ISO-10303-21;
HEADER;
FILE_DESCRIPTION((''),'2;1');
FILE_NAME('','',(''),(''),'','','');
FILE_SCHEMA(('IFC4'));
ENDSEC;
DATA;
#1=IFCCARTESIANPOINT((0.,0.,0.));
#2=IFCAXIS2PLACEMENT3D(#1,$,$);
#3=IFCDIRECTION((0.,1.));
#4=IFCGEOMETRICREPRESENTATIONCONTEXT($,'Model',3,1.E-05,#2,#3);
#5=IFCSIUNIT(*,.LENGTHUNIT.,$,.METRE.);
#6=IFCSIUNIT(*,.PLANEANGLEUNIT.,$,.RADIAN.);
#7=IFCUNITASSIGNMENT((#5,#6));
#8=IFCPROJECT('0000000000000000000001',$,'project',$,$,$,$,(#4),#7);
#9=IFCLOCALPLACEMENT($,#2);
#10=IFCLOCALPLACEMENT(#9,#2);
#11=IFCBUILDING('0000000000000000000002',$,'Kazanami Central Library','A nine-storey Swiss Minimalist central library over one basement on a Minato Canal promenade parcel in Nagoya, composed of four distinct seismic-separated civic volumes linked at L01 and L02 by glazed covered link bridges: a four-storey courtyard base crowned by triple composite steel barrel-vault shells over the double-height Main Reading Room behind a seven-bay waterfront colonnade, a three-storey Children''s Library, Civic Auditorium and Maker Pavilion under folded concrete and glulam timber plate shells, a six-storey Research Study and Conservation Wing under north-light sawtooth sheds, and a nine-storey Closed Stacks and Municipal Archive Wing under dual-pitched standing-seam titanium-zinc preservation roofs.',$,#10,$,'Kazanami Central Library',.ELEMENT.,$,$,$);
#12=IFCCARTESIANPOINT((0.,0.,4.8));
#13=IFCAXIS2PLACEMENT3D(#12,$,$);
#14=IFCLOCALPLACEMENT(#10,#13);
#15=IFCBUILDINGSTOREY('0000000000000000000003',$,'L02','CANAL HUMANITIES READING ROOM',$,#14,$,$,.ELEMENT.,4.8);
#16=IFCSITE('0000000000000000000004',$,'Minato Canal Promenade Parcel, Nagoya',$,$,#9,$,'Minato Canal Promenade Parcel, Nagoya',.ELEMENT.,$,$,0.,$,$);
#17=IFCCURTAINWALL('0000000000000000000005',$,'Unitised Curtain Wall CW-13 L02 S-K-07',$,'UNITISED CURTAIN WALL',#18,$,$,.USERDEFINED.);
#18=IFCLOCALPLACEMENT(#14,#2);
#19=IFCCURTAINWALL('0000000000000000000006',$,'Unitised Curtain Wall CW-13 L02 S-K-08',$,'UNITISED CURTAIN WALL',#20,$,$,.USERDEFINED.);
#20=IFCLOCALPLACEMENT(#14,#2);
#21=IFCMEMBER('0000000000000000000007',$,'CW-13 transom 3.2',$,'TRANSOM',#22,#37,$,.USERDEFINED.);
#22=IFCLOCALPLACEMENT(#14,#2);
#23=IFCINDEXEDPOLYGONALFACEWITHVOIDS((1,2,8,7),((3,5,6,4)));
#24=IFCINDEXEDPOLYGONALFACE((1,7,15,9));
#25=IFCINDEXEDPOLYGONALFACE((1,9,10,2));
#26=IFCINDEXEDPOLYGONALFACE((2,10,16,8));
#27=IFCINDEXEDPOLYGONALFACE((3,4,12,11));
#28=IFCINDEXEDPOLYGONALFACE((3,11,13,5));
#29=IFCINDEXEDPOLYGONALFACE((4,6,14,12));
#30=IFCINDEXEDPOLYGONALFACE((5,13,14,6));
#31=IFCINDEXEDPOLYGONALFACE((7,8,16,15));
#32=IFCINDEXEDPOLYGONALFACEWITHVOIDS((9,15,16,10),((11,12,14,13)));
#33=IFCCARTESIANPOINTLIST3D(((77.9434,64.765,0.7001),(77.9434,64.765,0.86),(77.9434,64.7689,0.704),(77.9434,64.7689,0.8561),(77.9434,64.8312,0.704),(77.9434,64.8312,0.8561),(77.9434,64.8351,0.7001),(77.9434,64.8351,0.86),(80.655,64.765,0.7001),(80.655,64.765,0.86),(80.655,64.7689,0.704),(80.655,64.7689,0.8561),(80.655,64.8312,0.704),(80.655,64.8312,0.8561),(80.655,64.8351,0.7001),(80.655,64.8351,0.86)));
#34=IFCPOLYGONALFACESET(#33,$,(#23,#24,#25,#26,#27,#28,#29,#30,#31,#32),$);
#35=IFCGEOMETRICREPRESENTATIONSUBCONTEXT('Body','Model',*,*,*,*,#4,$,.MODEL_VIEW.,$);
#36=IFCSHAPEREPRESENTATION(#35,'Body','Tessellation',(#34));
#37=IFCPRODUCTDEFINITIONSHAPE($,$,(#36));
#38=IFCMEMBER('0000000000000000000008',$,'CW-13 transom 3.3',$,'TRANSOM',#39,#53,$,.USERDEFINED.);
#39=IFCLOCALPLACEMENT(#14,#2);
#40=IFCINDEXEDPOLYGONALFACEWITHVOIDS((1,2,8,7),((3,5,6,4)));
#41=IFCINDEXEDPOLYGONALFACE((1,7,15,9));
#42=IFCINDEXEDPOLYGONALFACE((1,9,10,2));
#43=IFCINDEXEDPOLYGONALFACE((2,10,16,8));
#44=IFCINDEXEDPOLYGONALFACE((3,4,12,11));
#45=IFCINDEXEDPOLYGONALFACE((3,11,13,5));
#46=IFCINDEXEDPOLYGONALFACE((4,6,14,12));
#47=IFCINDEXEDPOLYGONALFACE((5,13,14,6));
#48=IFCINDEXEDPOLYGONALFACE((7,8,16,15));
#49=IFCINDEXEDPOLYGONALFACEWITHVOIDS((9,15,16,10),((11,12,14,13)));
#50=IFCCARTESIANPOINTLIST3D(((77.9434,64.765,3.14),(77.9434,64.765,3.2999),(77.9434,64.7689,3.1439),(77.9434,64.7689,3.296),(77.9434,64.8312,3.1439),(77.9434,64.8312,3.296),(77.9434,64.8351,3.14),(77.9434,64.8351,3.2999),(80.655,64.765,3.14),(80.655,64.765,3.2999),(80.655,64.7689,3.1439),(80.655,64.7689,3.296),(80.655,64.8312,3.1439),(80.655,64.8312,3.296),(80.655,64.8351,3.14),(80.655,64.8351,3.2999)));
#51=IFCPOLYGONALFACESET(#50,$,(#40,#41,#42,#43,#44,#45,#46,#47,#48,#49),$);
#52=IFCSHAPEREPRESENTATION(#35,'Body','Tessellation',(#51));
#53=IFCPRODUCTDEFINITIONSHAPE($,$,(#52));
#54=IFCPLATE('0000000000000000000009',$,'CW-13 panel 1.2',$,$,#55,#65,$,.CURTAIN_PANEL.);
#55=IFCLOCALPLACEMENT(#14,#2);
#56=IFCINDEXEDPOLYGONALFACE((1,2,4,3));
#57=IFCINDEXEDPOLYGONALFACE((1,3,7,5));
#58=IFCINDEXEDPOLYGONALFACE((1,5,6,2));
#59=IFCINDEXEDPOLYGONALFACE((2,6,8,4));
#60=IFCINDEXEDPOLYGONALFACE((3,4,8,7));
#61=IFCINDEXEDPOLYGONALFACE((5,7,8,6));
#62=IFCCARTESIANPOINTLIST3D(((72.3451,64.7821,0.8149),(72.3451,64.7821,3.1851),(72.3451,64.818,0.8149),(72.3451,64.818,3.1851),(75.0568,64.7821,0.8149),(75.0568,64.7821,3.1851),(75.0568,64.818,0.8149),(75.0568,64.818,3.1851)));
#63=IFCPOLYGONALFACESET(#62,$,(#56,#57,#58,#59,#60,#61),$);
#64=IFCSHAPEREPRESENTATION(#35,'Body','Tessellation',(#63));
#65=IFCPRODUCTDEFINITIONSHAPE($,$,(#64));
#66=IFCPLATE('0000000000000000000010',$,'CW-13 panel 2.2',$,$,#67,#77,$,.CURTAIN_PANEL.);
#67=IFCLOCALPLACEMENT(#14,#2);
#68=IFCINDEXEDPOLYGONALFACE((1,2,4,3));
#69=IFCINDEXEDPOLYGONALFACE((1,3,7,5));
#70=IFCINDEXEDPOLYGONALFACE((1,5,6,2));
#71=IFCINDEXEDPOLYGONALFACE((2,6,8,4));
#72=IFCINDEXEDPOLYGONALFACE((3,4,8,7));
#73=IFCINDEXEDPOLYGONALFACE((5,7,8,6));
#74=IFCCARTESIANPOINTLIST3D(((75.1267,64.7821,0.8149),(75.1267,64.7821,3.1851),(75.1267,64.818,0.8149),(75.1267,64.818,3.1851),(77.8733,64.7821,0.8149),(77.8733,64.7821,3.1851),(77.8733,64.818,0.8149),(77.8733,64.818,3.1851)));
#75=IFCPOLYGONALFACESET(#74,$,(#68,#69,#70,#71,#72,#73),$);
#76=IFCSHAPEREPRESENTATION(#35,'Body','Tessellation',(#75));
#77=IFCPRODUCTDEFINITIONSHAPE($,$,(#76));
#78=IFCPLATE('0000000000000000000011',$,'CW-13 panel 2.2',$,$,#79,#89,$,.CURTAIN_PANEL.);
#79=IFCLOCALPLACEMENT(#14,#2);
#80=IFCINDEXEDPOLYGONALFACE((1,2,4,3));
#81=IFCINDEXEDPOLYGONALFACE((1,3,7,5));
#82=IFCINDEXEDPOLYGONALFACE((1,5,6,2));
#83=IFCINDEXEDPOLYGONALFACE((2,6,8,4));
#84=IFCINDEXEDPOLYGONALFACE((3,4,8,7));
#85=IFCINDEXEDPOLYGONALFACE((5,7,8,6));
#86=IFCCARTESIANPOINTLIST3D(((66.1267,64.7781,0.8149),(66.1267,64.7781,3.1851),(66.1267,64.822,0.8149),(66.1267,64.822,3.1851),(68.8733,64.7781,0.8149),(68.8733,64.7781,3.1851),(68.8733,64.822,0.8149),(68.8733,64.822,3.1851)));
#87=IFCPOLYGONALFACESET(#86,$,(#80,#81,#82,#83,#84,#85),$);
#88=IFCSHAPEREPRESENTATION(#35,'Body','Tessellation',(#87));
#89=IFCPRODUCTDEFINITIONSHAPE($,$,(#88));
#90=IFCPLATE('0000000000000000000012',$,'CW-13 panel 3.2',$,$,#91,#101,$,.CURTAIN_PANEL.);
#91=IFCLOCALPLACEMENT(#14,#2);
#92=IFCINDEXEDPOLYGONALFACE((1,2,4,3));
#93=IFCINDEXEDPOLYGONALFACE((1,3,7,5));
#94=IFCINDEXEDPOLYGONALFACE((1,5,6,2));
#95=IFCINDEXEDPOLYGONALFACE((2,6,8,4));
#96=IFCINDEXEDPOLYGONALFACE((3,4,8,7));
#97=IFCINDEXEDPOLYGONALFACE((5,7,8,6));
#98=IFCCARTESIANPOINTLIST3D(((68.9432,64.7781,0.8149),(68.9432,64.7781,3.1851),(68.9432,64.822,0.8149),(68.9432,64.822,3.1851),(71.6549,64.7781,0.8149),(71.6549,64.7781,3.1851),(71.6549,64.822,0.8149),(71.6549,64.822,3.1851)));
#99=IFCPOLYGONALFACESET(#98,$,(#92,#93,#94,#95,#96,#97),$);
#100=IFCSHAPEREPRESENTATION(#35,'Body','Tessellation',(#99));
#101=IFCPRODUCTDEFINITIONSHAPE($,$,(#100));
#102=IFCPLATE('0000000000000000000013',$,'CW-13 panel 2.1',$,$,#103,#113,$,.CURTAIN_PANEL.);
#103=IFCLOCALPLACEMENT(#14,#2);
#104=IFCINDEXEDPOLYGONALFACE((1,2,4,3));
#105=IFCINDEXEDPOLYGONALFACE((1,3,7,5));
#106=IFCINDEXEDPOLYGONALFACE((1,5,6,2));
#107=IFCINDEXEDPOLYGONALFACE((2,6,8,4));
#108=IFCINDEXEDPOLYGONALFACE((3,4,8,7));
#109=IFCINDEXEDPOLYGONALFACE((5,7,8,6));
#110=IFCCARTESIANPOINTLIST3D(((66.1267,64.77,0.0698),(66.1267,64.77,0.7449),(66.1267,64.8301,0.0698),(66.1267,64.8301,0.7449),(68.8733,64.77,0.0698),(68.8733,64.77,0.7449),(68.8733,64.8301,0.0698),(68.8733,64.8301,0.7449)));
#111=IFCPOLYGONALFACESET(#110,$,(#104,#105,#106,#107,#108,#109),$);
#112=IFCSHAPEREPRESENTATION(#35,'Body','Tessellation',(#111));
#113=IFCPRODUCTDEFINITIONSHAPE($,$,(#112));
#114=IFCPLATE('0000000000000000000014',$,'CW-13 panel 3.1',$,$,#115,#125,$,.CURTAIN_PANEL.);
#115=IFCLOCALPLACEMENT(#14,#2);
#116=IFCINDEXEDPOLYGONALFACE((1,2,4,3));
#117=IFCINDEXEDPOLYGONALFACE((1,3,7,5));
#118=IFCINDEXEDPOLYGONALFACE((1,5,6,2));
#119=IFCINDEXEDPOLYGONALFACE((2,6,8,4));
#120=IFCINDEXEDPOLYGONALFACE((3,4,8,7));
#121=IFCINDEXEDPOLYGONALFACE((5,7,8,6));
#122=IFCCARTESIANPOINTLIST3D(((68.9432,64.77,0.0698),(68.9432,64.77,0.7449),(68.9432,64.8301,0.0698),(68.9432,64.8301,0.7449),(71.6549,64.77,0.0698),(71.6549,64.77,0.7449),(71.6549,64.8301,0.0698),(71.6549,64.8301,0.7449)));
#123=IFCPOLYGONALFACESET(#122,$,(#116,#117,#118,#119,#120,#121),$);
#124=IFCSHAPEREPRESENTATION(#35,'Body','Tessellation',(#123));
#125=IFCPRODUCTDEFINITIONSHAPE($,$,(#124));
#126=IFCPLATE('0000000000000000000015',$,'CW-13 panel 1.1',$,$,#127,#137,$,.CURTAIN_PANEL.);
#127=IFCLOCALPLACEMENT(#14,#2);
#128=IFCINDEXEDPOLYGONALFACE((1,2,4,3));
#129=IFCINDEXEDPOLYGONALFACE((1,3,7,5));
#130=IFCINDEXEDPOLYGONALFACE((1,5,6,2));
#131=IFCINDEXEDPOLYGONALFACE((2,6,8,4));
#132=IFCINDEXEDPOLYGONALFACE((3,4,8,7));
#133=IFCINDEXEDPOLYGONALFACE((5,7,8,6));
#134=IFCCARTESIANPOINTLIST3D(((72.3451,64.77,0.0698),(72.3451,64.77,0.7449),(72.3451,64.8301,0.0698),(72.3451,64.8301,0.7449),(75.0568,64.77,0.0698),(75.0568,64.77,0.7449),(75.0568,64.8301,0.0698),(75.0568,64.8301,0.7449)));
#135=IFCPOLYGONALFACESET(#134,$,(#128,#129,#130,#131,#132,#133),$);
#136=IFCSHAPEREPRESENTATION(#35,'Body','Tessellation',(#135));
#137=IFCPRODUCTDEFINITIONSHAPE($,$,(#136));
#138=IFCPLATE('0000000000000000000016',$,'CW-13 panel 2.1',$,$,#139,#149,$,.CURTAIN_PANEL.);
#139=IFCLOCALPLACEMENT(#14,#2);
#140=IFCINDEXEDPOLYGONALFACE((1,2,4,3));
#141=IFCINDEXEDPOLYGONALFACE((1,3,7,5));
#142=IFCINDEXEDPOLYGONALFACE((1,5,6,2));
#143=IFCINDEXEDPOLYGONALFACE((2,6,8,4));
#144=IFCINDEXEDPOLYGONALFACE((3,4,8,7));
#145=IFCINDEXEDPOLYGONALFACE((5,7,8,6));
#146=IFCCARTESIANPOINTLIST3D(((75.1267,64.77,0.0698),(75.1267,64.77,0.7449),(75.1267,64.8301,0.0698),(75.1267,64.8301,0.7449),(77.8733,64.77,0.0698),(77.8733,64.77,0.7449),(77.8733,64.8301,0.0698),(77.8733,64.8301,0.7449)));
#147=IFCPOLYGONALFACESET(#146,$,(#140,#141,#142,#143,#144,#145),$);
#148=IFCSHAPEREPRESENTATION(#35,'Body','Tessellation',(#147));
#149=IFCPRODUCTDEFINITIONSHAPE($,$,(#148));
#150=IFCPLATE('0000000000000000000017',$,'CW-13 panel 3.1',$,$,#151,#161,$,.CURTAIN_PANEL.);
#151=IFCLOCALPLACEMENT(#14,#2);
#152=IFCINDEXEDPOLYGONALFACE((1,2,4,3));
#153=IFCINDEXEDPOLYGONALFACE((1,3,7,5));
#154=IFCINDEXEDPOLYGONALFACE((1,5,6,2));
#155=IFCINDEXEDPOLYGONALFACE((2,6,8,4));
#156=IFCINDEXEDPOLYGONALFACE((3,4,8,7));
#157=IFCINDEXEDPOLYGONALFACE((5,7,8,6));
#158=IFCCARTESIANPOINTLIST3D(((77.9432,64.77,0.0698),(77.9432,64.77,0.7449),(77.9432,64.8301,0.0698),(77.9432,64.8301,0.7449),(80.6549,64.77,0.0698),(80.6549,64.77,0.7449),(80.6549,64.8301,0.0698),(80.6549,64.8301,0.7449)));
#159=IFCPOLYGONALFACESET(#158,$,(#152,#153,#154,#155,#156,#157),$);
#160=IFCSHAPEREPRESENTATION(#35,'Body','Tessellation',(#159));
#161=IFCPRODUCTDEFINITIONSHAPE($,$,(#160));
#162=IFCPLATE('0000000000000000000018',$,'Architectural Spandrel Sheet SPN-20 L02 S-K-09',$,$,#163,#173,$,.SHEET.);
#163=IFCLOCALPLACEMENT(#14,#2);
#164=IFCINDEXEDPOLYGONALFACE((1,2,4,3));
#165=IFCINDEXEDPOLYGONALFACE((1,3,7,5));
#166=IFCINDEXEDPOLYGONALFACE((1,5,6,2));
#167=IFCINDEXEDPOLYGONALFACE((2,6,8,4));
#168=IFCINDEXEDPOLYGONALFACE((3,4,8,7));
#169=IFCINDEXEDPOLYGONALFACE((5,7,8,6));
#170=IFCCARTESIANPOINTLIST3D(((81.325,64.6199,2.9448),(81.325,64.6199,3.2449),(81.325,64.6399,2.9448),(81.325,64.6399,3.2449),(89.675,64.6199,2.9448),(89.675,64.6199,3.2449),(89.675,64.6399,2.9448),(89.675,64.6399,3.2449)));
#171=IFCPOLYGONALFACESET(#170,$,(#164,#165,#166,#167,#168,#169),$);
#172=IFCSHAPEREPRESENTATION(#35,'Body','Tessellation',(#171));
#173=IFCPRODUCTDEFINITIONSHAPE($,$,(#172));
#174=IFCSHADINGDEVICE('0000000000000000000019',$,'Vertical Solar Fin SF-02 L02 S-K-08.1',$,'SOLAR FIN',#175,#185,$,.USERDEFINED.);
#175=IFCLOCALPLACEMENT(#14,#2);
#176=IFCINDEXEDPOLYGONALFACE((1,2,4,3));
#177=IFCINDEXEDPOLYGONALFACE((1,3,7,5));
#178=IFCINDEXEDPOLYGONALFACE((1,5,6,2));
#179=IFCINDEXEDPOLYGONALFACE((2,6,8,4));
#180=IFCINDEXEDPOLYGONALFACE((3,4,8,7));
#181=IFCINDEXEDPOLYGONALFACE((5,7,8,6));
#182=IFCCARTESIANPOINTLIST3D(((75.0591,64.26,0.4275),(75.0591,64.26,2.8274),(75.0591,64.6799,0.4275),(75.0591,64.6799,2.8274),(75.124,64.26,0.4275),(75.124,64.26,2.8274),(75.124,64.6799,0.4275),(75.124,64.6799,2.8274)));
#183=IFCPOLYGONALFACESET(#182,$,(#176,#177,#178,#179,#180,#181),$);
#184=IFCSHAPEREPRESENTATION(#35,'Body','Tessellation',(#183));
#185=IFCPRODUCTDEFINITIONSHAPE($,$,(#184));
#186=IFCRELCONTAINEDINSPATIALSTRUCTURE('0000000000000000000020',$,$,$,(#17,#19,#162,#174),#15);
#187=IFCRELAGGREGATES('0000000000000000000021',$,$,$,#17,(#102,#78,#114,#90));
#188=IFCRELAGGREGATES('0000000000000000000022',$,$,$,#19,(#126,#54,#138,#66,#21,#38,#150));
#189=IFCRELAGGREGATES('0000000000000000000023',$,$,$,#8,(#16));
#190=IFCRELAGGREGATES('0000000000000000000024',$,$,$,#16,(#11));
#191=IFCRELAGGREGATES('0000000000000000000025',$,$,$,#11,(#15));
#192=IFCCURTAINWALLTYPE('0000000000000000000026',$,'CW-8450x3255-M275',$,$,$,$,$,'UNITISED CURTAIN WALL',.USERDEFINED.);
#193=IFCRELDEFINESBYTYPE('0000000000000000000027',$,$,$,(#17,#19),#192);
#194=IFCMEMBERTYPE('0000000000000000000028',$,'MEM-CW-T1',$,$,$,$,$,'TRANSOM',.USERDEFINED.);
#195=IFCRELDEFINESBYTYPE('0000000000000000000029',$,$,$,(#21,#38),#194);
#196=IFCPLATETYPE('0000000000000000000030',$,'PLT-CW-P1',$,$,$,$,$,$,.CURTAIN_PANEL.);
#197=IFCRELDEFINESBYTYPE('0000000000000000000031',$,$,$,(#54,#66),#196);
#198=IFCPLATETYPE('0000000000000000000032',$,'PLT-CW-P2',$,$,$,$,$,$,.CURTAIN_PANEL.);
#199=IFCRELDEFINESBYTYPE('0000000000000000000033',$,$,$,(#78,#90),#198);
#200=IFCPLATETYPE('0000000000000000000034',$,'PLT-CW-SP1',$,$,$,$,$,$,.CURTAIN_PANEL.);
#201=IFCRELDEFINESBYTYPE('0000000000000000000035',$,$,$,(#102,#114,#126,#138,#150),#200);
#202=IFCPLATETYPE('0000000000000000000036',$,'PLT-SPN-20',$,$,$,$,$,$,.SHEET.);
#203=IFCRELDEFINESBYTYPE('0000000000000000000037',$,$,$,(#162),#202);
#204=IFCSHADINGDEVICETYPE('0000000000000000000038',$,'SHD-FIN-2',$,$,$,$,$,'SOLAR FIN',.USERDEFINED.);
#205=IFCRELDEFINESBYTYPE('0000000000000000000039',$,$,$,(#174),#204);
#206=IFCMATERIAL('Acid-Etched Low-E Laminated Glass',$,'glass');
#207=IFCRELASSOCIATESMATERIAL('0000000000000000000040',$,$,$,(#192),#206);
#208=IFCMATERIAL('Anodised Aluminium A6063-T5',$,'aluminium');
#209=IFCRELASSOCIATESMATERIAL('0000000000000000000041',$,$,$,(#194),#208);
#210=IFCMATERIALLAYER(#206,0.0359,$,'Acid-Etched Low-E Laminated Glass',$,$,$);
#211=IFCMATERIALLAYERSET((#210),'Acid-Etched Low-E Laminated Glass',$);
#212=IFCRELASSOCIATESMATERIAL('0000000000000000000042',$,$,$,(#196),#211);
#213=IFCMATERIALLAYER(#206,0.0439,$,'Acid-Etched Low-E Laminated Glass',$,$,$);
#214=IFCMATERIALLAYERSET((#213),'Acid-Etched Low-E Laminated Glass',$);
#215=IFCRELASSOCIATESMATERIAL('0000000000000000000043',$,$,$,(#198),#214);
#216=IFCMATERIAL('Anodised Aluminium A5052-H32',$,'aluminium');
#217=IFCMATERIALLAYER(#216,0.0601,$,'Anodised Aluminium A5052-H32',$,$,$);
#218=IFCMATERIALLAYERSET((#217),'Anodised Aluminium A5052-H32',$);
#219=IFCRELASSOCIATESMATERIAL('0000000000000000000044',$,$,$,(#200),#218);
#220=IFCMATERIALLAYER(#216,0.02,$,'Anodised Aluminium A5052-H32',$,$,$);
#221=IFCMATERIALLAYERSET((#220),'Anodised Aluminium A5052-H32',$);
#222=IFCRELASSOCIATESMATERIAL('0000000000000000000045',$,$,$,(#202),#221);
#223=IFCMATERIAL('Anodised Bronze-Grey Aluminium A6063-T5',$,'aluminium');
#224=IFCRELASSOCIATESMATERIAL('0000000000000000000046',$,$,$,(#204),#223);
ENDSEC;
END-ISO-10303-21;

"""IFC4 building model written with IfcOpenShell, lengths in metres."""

from ifc_helpers import new_model, si_unit, direction, frame, origin, origin_2d, place, context, subcontext, project, spatial, rectangle, hollow_rectangle, extrude, material, layer, layer_set, material_profile, profile_set, type_object, element, aggregate, save


model = new_model("IFC4")

# Units and contexts
model_context = context("Model", 3, precision=1e-05, world=origin(), true_north=direction((0.0, 1.0)))
body_context = subcontext(model_context, "Body", "Model", "MODEL_VIEW")
ifc_project = project(units=[si_unit("LENGTHUNIT", "METRE"), si_unit("PLANEANGLEUNIT", "RADIAN")], contexts=[model_context])

# Site, building, storey
site_placement = place(None, origin())
site = spatial("IfcSite", under=ifc_project, at=site_placement, Name="Minato Canal Promenade Parcel, Nagoya", LongName="Minato Canal Promenade Parcel, Nagoya", CompositionType="ELEMENT", RefElevation=0.0)
building_placement = place(site_placement, origin())
building = spatial("IfcBuilding", under=site, at=building_placement, Name="Kazanami Central Library", Description="A nine-storey Swiss Minimalist central library over one basement on a Minato Canal promenade parcel in Nagoya, composed of four distinct seismic-separated civic volumes linked at L01 and L02 by glazed covered link bridges: a four-storey courtyard base crowned by triple composite steel barrel-vault shells over the double-height Main Reading Room behind a seven-bay waterfront colonnade, a three-storey Children's Library, Civic Auditorium and Maker Pavilion under folded concrete and glulam timber plate shells, a six-storey Research Study and Conservation Wing under north-light sawtooth sheds, and a nine-storey Closed Stacks and Municipal Archive Wing under dual-pitched standing-seam titanium-zinc preservation roofs.", LongName="Kazanami Central Library", CompositionType="ELEMENT")
storey_placement = place(building_placement, frame((0.0, 0.0, 4.8)))
storey = spatial("IfcBuildingStorey", under=building, at=storey_placement, Name="L02", Description="CANAL HUMANITIES READING ROOM", CompositionType="ELEMENT", Elevation=4.8)

# Curtain walls
ifc_material_1 = material(Name="Acid-Etched Low-E Laminated Glass", Category="glass")
curtain_wall_type = type_object("IfcCurtainWallType", Name="CW-8450x3255-M275", ElementType="UNITISED CURTAIN WALL", PredefinedType="USERDEFINED", material=ifc_material_1)
curtain_wall_1_placement = place(storey_placement, origin())
curtain_wall_1 = element("IfcCurtainWall", 1, at=curtain_wall_1_placement, inside=storey, type_object=curtain_wall_type, Name="Unitised Curtain Wall CW-13 L02 S-K-07", ObjectType="UNITISED CURTAIN WALL", PredefinedType="USERDEFINED")
ifc_material_2 = material(Name="Anodised Aluminium A6063-T5", Category="aluminium")
curtain_wall_2_placement = place(storey_placement, origin())
curtain_wall_2 = element("IfcCurtainWall", 2, at=curtain_wall_2_placement, inside=storey, type_object=curtain_wall_type, Name="Unitised Curtain Wall CW-13 L02 S-K-08", ObjectType="UNITISED CURTAIN WALL", PredefinedType="USERDEFINED")

# Members
ifc_material_profile_1 = material_profile(ifc_material_2, hollow_rectangle(XDim=0.0701, YDim=0.1599, WallThickness=0.0039, at=origin_2d()), Name="ALU-TRAN-70x160x4")
ifc_profile_set_1 = profile_set([ifc_material_profile_1], Name="Anodised Aluminium A6063-T5")
member_type_1 = type_object("IfcMemberType", Name="MEM-CW-T1", ElementType="TRANSOM", PredefinedType="USERDEFINED", material=ifc_profile_set_1)
member_1_placement = place(storey_placement, frame((77.9434, 64.8, 0.78), z_axis=(1.0, 0.0, 0.0), x_axis=(0.0, 1.0, 0.0)))
member_1 = element("IfcMember", 3, at=member_1_placement, type_object=member_type_1, Name="CW-13 transom 3.2", ObjectType="TRANSOM", PredefinedType="USERDEFINED", context=body_context, shape_type="SweptSolid", body=[
    extrude(hollow_rectangle(XDim=0.0701, YDim=0.1599, WallThickness=0.0039, at=origin_2d()), origin(), (0.0, 0.0, 1.0), 2.7117),
])
member_2_placement = place(storey_placement, frame((77.9434, 64.8, 3.22), z_axis=(1.0, 0.0, 0.0), x_axis=(0.0, 1.0, 0.0)))
member_2 = element("IfcMember", 4, at=member_2_placement, type_object=member_type_1, Name="CW-13 transom 3.3", ObjectType="TRANSOM", PredefinedType="USERDEFINED", context=body_context, shape_type="SweptSolid", body=[
    extrude(hollow_rectangle(XDim=0.0701, YDim=0.1599, WallThickness=0.0039, at=origin_2d()), origin(), (0.0, 0.0, 1.0), 2.7117),
])

# Plates
ifc_layer_1 = layer(ifc_material_1, 0.0359, Name="Acid-Etched Low-E Laminated Glass")
ifc_layer_set_1 = layer_set([ifc_layer_1], Name="Acid-Etched Low-E Laminated Glass")
plate_type_1 = type_object("IfcPlateType", Name="PLT-CW-P1", PredefinedType="CURTAIN_PANEL", material=ifc_layer_set_1)
plate_1_placement = place(storey_placement, frame((73.7009, 64.8, 0.8149), z_axis=(0.0, 0.0, 1.0), x_axis=(1.0, 0.0, 0.0)))
plate_1 = element("IfcPlate", 5, at=plate_1_placement, type_object=plate_type_1, Name="CW-13 panel 1.2", PredefinedType="CURTAIN_PANEL", context=body_context, shape_type="SweptSolid", body=[
    extrude(rectangle(XDim=2.7117, YDim=0.0359, at=origin_2d()), origin(), (0.0, 0.0, 1.0), 2.3701),
])
plate_2_placement = place(storey_placement, frame((76.5, 64.8, 0.8149), z_axis=(0.0, 0.0, 1.0), x_axis=(1.0, 0.0, 0.0)))
plate_2 = element("IfcPlate", 6, at=plate_2_placement, type_object=plate_type_1, Name="CW-13 panel 2.2", PredefinedType="CURTAIN_PANEL", context=body_context, shape_type="SweptSolid", body=[
    extrude(rectangle(XDim=2.7466, YDim=0.0359, at=origin_2d()), origin(), (0.0, 0.0, 1.0), 2.3701),
])
ifc_layer_2 = layer(ifc_material_1, 0.0439, Name="Acid-Etched Low-E Laminated Glass")
ifc_layer_set_2 = layer_set([ifc_layer_2], Name="Acid-Etched Low-E Laminated Glass")
plate_type_2 = type_object("IfcPlateType", Name="PLT-CW-P2", PredefinedType="CURTAIN_PANEL", material=ifc_layer_set_2)
plate_3_placement = place(storey_placement, frame((67.5, 64.8, 0.8149), z_axis=(0.0, 0.0, 1.0), x_axis=(1.0, 0.0, 0.0)))
plate_3 = element("IfcPlate", 7, at=plate_3_placement, type_object=plate_type_2, Name="CW-13 panel 2.2", PredefinedType="CURTAIN_PANEL", context=body_context, shape_type="SweptSolid", body=[
    extrude(rectangle(XDim=2.7466, YDim=0.0439, at=origin_2d()), origin(), (0.0, 0.0, 1.0), 2.3701),
])
plate_4_placement = place(storey_placement, frame((70.2991, 64.8, 0.8149), z_axis=(0.0, 0.0, 1.0), x_axis=(1.0, 0.0, 0.0)))
plate_4 = element("IfcPlate", 8, at=plate_4_placement, type_object=plate_type_2, Name="CW-13 panel 3.2", PredefinedType="CURTAIN_PANEL", context=body_context, shape_type="SweptSolid", body=[
    extrude(rectangle(XDim=2.7117, YDim=0.0439, at=origin_2d()), origin(), (0.0, 0.0, 1.0), 2.3701),
])
ifc_material_3 = material(Name="Anodised Aluminium A5052-H32", Category="aluminium")
ifc_layer_3 = layer(ifc_material_3, 0.0601, Name="Anodised Aluminium A5052-H32")
ifc_layer_set_3 = layer_set([ifc_layer_3], Name="Anodised Aluminium A5052-H32")
plate_type_3 = type_object("IfcPlateType", Name="PLT-CW-SP1", PredefinedType="CURTAIN_PANEL", material=ifc_layer_set_3)
plate_5_placement = place(storey_placement, frame((67.5, 64.8, 0.0698), z_axis=(0.0, 0.0, 1.0), x_axis=(1.0, 0.0, 0.0)))
plate_5 = element("IfcPlate", 9, at=plate_5_placement, type_object=plate_type_3, Name="CW-13 panel 2.1", PredefinedType="CURTAIN_PANEL", context=body_context, shape_type="SweptSolid", body=[
    extrude(rectangle(XDim=2.7466, YDim=0.0601, at=origin_2d()), origin(), (0.0, 0.0, 1.0), 0.675),
])
plate_6_placement = place(storey_placement, frame((70.2991, 64.8, 0.0698), z_axis=(0.0, 0.0, 1.0), x_axis=(1.0, 0.0, 0.0)))
plate_6 = element("IfcPlate", 10, at=plate_6_placement, type_object=plate_type_3, Name="CW-13 panel 3.1", PredefinedType="CURTAIN_PANEL", context=body_context, shape_type="SweptSolid", body=[
    extrude(rectangle(XDim=2.7117, YDim=0.0601, at=origin_2d()), origin(), (0.0, 0.0, 1.0), 0.675),
])
aggregate(curtain_wall_1, [plate_5, plate_3, plate_6, plate_4])
plate_7_placement = place(storey_placement, frame((73.7009, 64.8, 0.0698), z_axis=(0.0, 0.0, 1.0), x_axis=(1.0, 0.0, 0.0)))
plate_7 = element("IfcPlate", 11, at=plate_7_placement, type_object=plate_type_3, Name="CW-13 panel 1.1", PredefinedType="CURTAIN_PANEL", context=body_context, shape_type="SweptSolid", body=[
    extrude(rectangle(XDim=2.7117, YDim=0.0601, at=origin_2d()), origin(), (0.0, 0.0, 1.0), 0.675),
])
plate_8_placement = place(storey_placement, frame((76.5, 64.8, 0.0698), z_axis=(0.0, 0.0, 1.0), x_axis=(1.0, 0.0, 0.0)))
plate_8 = element("IfcPlate", 12, at=plate_8_placement, type_object=plate_type_3, Name="CW-13 panel 2.1", PredefinedType="CURTAIN_PANEL", context=body_context, shape_type="SweptSolid", body=[
    extrude(rectangle(XDim=2.7466, YDim=0.0601, at=origin_2d()), origin(), (0.0, 0.0, 1.0), 0.675),
])
plate_9_placement = place(storey_placement, frame((79.2991, 64.8, 0.0698), z_axis=(0.0, 0.0, 1.0), x_axis=(1.0, 0.0, 0.0)))
plate_9 = element("IfcPlate", 13, at=plate_9_placement, type_object=plate_type_3, Name="CW-13 panel 3.1", PredefinedType="CURTAIN_PANEL", context=body_context, shape_type="SweptSolid", body=[
    extrude(rectangle(XDim=2.7117, YDim=0.0601, at=origin_2d()), origin(), (0.0, 0.0, 1.0), 0.675),
])
aggregate(curtain_wall_2, [plate_7, plate_1, plate_8, plate_2, member_1, member_2, plate_9])
ifc_layer_4 = layer(ifc_material_3, 0.02, Name="Anodised Aluminium A5052-H32")
ifc_layer_set_4 = layer_set([ifc_layer_4], Name="Anodised Aluminium A5052-H32")
plate_type_4 = type_object("IfcPlateType", Name="PLT-SPN-20", PredefinedType="SHEET", material=ifc_layer_set_4)
plate_10_placement = place(storey_placement, frame((85.5, 64.6299, 2.9448), z_axis=(0.0, 0.0, 1.0), x_axis=(1.0, 0.0, 0.0)))
element("IfcPlate", 14, at=plate_10_placement, inside=storey, type_object=plate_type_4, Name="Architectural Spandrel Sheet SPN-20 L02 S-K-09", PredefinedType="SHEET", context=body_context, shape_type="SweptSolid", body=[
    extrude(rectangle(XDim=8.3501, YDim=0.02, at=origin_2d()), origin(), (0.0, 0.0, 1.0), 0.3),
])

# Shading device
ifc_material_4 = material(Name="Anodised Bronze-Grey Aluminium A6063-T5", Category="aluminium")
shading_device_type = type_object("IfcShadingDeviceType", Name="SHD-FIN-2", ElementType="SOLAR FIN", PredefinedType="USERDEFINED", material=ifc_material_4)
shading_device_placement = place(storey_placement, frame((75.0916, 64.47, 0.4275), z_axis=(0.0, 0.0, 1.0), x_axis=(1.0, 0.0, 0.0)))
element("IfcShadingDevice", 15, at=shading_device_placement, inside=storey, type_object=shading_device_type, Name="Vertical Solar Fin SF-02 L02 S-K-08.1", ObjectType="SOLAR FIN", PredefinedType="USERDEFINED", context=body_context, shape_type="SweptSolid", body=[
    extrude(rectangle(XDim=0.0649, YDim=0.4199, at=origin_2d()), origin(), (0.0, 0.0, 1.0), 2.3999),
])

save(model, "model.ifc")
